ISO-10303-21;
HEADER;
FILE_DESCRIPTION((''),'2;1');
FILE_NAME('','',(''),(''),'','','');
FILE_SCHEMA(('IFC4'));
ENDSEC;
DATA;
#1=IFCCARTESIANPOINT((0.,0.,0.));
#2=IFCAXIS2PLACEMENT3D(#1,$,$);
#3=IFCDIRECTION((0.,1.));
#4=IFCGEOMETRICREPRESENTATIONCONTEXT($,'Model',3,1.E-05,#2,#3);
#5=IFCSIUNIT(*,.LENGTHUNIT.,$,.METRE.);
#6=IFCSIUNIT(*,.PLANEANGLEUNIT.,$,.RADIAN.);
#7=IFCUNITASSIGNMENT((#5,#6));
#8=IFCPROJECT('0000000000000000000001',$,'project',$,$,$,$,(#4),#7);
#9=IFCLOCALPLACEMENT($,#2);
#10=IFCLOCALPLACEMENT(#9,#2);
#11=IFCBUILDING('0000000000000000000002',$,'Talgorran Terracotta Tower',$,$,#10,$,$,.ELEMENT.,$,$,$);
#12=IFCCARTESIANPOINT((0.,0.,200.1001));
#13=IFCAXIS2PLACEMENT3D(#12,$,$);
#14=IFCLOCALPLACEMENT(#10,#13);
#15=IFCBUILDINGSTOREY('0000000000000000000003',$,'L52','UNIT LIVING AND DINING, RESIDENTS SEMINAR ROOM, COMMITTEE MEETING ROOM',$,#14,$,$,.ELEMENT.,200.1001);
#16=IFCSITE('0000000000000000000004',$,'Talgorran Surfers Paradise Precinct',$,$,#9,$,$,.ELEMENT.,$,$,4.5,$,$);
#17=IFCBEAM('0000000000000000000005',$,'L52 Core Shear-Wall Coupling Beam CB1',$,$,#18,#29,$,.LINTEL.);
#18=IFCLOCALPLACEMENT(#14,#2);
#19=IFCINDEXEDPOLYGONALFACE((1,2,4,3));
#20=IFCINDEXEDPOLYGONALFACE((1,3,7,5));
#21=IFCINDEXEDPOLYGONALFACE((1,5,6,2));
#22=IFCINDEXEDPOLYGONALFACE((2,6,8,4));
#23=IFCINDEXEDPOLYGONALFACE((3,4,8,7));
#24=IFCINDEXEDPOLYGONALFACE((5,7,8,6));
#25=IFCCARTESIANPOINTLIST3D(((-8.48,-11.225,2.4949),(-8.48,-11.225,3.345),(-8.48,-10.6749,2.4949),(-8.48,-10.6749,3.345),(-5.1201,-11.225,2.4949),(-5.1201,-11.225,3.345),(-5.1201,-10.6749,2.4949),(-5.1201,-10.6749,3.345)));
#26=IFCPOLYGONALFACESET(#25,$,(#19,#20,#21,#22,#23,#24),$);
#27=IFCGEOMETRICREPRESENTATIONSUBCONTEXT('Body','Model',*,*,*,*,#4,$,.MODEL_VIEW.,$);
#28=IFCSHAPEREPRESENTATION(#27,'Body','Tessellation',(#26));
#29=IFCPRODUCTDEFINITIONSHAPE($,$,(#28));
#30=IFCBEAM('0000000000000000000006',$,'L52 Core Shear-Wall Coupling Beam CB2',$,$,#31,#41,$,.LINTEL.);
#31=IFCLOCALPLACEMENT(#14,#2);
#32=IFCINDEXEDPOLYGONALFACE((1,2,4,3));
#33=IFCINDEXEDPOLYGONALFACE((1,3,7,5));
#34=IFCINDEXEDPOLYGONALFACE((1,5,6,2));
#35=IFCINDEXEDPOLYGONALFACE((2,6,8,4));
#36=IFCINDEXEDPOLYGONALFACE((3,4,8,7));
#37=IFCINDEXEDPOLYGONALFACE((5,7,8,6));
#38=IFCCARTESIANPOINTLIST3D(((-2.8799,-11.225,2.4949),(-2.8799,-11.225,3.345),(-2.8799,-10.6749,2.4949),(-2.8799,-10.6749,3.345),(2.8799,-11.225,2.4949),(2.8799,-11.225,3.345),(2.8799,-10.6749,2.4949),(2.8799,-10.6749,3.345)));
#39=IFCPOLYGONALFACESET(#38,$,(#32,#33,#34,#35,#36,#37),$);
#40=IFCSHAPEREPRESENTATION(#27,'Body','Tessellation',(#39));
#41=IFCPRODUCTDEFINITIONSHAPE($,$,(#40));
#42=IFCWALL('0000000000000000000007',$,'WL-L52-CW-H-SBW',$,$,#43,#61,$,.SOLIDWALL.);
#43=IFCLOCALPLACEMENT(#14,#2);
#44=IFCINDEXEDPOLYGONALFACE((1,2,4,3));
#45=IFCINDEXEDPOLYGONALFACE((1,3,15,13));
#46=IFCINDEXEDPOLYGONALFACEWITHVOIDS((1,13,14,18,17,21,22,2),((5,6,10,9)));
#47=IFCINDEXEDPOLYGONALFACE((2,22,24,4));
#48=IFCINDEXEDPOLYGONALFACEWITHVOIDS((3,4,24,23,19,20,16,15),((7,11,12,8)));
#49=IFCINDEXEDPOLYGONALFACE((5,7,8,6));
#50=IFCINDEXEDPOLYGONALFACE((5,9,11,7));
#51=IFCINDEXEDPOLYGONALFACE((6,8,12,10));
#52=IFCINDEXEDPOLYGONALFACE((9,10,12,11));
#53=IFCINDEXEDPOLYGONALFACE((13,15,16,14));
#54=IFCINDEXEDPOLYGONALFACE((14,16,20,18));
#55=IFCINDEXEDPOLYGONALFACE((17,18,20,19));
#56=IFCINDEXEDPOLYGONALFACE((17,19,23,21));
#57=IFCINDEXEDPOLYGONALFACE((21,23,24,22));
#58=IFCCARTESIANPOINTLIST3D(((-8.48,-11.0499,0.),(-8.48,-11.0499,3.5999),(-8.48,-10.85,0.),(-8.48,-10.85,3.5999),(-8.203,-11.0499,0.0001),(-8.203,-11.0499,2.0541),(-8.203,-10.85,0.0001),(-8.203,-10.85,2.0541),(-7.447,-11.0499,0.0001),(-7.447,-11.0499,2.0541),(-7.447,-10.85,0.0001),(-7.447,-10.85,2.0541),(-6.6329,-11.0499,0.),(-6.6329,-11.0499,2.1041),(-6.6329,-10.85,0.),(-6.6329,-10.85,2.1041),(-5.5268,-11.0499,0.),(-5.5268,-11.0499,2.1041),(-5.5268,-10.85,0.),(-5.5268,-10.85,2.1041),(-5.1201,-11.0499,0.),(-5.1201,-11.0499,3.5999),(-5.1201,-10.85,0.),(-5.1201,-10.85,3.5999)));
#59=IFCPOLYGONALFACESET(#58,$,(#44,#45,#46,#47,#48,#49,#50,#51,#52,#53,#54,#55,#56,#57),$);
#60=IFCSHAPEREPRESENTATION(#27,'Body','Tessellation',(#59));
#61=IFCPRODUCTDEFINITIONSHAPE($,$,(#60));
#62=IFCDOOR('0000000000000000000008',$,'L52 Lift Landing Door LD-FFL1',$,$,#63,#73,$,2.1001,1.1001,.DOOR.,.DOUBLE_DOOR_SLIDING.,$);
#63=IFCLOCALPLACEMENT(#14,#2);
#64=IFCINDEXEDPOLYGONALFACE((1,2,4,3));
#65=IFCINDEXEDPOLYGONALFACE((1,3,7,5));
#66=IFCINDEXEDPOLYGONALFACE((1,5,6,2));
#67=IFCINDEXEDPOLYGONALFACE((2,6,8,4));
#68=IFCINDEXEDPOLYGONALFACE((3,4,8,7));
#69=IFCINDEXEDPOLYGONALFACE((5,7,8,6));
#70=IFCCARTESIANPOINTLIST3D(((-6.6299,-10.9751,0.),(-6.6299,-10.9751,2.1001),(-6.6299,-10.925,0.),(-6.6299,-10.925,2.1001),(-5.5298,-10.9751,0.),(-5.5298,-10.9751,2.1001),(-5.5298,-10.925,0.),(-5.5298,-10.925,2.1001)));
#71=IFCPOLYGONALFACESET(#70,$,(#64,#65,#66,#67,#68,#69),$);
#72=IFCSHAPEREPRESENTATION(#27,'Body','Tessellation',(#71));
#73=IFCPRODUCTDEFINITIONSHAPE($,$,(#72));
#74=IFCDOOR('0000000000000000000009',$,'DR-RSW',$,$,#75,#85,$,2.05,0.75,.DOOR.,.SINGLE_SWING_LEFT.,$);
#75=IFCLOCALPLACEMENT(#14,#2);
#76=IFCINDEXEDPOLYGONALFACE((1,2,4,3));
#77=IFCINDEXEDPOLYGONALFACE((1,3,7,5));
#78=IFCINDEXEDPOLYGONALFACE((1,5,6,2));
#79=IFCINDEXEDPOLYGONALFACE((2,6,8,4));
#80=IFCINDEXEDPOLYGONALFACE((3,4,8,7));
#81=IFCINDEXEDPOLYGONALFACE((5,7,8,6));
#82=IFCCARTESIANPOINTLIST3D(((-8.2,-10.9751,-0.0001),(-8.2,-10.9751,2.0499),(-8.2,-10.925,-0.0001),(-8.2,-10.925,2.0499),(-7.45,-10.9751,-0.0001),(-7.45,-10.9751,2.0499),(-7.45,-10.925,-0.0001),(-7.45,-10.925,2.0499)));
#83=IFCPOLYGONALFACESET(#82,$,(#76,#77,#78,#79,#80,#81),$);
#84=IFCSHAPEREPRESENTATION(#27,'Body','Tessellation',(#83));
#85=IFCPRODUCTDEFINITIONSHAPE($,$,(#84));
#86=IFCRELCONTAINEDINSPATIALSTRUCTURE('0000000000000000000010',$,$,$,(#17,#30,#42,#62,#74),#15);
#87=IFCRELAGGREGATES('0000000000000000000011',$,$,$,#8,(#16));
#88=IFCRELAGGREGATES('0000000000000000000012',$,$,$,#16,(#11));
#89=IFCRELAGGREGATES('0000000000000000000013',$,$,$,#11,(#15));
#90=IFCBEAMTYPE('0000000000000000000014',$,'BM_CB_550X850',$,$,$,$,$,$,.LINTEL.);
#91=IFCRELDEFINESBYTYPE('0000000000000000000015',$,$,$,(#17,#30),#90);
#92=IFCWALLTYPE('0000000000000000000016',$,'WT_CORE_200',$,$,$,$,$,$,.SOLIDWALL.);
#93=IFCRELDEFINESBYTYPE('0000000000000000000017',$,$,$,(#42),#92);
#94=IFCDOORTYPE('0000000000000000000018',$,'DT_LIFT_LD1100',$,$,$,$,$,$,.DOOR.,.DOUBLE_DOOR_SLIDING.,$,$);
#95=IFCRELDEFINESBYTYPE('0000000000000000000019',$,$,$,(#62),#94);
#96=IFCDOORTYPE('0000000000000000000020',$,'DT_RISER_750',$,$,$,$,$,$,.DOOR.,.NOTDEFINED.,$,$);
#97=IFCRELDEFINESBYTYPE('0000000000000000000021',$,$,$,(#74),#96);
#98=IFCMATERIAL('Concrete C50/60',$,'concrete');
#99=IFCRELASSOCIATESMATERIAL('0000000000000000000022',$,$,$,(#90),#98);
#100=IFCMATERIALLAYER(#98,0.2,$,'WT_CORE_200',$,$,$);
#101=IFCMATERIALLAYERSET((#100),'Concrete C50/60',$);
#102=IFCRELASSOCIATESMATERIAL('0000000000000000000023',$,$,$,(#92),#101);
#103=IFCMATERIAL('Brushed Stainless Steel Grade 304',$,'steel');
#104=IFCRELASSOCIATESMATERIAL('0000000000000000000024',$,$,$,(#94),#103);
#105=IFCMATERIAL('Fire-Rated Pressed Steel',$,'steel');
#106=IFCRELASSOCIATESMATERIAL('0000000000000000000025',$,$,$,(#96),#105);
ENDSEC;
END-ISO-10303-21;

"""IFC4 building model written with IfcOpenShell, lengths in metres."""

from ifc_helpers import new_model, si_unit, direction, frame, frame_2d, origin, origin_2d, place, context, subcontext, project, spatial, rectangle, extrude, material, layer, layer_set, material_profile, profile_set, type_object, element, fill, save


model = new_model("IFC4")

# Units and contexts
model_context = context("Model", 3, precision=1e-05, world=origin(), true_north=direction((0.0, 1.0)))
body_context = subcontext(model_context, "Body", "Model", "MODEL_VIEW")
ifc_project = project(units=[si_unit("LENGTHUNIT", "METRE"), si_unit("PLANEANGLEUNIT", "RADIAN")], contexts=[model_context])

# Site, building, storey
site_placement = place(None, origin())
site = spatial("IfcSite", under=ifc_project, at=site_placement, Name="Talgorran Surfers Paradise Precinct", CompositionType="ELEMENT", RefElevation=4.5)
building_placement = place(site_placement, origin())
building = spatial("IfcBuilding", under=site, at=building_placement, Name="Talgorran Terracotta Tower", CompositionType="ELEMENT")
storey_placement = place(building_placement, frame((0.0, 0.0, 200.1001)))
storey = spatial("IfcBuildingStorey", under=building, at=storey_placement, Name="L52", Description="UNIT LIVING AND DINING, RESIDENTS SEMINAR ROOM, COMMITTEE MEETING ROOM", CompositionType="ELEMENT", Elevation=200.1001)

# Beams
ifc_material_1 = material(Name="Concrete C50/60", Category="concrete")
ifc_material_profile = material_profile(ifc_material_1, rectangle(XDim=0.55, YDim=0.8501, at=origin_2d()), Name="RCCB550X850")
ifc_profile_set = profile_set([ifc_material_profile], Name="Concrete C50/60")
beam_type = type_object("IfcBeamType", Name="BM_CB_550X850", PredefinedType="LINTEL", material=ifc_profile_set)
beam_1_placement = place(storey_placement, frame((-8.48, -10.95, 2.9199), z_axis=(1.0, 0.0, 0.0), x_axis=(0.0, 1.0, 0.0)))
element("IfcBeam", 1, at=beam_1_placement, inside=storey, type_object=beam_type, Name="L52 Core Shear-Wall Coupling Beam CB1", PredefinedType="LINTEL", context=body_context, shape_type="SweptSolid", body=[
    extrude(rectangle(XDim=0.55, YDim=0.8501, at=origin_2d()), origin(), (0.0, 0.0, 1.0), 3.3599),
])
beam_2_placement = place(storey_placement, frame((-2.8799, -10.95, 2.9199), z_axis=(1.0, 0.0, 0.0), x_axis=(0.0, 1.0, 0.0)))
element("IfcBeam", 2, at=beam_2_placement, inside=storey, type_object=beam_type, Name="L52 Core Shear-Wall Coupling Beam CB2", PredefinedType="LINTEL", context=body_context, shape_type="SweptSolid", body=[
    extrude(rectangle(XDim=0.55, YDim=0.8501, at=origin_2d()), origin(), (0.0, 0.0, 1.0), 5.7598),
])

# Wall, openings, doors
ifc_layer_1 = layer(ifc_material_1, 0.2, Name="WT_CORE_200")
ifc_layer_set_1 = layer_set([ifc_layer_1], Name="Concrete C50/60")
wall_type_1 = type_object("IfcWallType", Name="WT_CORE_200", PredefinedType="SOLIDWALL", material=ifc_layer_set_1)
wall_1_placement = place(storey_placement, frame((-8.48, -10.95, 0.0), z_axis=(0.0, 0.0, 1.0), x_axis=(1.0, 0.0, 0.0)))
wall_1 = element("IfcWall", 3, at=wall_1_placement, inside=storey, type_object=wall_type_1, Name="WL-L52-CW-H-SBW", PredefinedType="SOLIDWALL", context=body_context, shape_type="SweptSolid", body=[
    extrude(rectangle(XDim=3.3599, YDim=0.2, at=frame_2d((1.6799, 0.0))), origin(), (0.0, 0.0, 1.0), 3.5999),
])
opening_1_placement = place(wall_1_placement, frame((0.28, 0.0, 0.0)))
opening_1 = element("IfcOpeningElement", 4, at=opening_1_placement, cuts=wall_1, PredefinedType="OPENING", context=body_context, shape_type="SweptSolid", body=[
    extrude(rectangle(XDim=0.756, YDim=2.054, at=frame_2d((0.375, 1.0271))), frame((0.0, 0.1099, 0.0), z_axis=(0.0, -1.0, 0.0), x_axis=(1.0, 0.0, 0.0)), (0.0, 0.0, 1.0), 0.22),
])
opening_2_placement = place(wall_1_placement, frame((1.8501, 0.0, 0.0)))
opening_2 = element("IfcOpeningElement", 5, at=opening_2_placement, cuts=wall_1, PredefinedType="OPENING", context=body_context, shape_type="SweptSolid", body=[
    extrude(rectangle(XDim=1.1061, YDim=2.1041, at=frame_2d((0.55, 1.052))), frame((0.0, 0.1099, 0.0), z_axis=(0.0, -1.0, 0.0), x_axis=(1.0, 0.0, 0.0)), (0.0, 0.0, 1.0), 0.22),
])
ifc_material_2 = material(Name="Brushed Stainless Steel Grade 304", Category="steel")
door_type_1 = type_object("IfcDoorType", Name="DT_LIFT_LD1100", OperationType="DOUBLE_DOOR_SLIDING", PredefinedType="DOOR", material=ifc_material_2)
door_1_placement = place(opening_2_placement, origin())
door_1 = element("IfcDoor", 6, at=door_1_placement, inside=storey, type_object=door_type_1, Name="L52 Lift Landing Door LD-FFL1", OperationType="DOUBLE_DOOR_SLIDING", OverallHeight=2.1001, OverallWidth=1.1001, PredefinedType="DOOR", context=body_context, shape_type="SweptSolid", body=[
    extrude(rectangle(XDim=1.1001, YDim=2.1001, at=frame_2d((0.55, 1.05))), frame((0.0, 0.0249, 0.0), z_axis=(0.0, -1.0, 0.0), x_axis=(1.0, 0.0, 0.0)), (0.0, 0.0, 1.0), 0.05),
])
fill(opening_2, door_1)
ifc_material_3 = material(Name="Fire-Rated Pressed Steel", Category="steel")
door_type_2 = type_object("IfcDoorType", Name="DT_RISER_750", OperationType="NOTDEFINED", PredefinedType="DOOR", material=ifc_material_3)
door_2_placement = place(opening_1_placement, origin())
door_2 = element("IfcDoor", 7, at=door_2_placement, inside=storey, type_object=door_type_2, Name="DR-RSW", OperationType="SINGLE_SWING_LEFT", OverallHeight=2.05, OverallWidth=0.75, PredefinedType="DOOR", context=body_context, shape_type="SweptSolid", body=[
    extrude(rectangle(XDim=0.75, YDim=2.05, at=frame_2d((0.375, 1.0249))), frame((0.0, 0.0249, 0.0), z_axis=(0.0, -1.0, 0.0), x_axis=(1.0, 0.0, 0.0)), (0.0, 0.0, 1.0), 0.05),
])
fill(opening_1, door_2)

save(model, "model.ifc")
